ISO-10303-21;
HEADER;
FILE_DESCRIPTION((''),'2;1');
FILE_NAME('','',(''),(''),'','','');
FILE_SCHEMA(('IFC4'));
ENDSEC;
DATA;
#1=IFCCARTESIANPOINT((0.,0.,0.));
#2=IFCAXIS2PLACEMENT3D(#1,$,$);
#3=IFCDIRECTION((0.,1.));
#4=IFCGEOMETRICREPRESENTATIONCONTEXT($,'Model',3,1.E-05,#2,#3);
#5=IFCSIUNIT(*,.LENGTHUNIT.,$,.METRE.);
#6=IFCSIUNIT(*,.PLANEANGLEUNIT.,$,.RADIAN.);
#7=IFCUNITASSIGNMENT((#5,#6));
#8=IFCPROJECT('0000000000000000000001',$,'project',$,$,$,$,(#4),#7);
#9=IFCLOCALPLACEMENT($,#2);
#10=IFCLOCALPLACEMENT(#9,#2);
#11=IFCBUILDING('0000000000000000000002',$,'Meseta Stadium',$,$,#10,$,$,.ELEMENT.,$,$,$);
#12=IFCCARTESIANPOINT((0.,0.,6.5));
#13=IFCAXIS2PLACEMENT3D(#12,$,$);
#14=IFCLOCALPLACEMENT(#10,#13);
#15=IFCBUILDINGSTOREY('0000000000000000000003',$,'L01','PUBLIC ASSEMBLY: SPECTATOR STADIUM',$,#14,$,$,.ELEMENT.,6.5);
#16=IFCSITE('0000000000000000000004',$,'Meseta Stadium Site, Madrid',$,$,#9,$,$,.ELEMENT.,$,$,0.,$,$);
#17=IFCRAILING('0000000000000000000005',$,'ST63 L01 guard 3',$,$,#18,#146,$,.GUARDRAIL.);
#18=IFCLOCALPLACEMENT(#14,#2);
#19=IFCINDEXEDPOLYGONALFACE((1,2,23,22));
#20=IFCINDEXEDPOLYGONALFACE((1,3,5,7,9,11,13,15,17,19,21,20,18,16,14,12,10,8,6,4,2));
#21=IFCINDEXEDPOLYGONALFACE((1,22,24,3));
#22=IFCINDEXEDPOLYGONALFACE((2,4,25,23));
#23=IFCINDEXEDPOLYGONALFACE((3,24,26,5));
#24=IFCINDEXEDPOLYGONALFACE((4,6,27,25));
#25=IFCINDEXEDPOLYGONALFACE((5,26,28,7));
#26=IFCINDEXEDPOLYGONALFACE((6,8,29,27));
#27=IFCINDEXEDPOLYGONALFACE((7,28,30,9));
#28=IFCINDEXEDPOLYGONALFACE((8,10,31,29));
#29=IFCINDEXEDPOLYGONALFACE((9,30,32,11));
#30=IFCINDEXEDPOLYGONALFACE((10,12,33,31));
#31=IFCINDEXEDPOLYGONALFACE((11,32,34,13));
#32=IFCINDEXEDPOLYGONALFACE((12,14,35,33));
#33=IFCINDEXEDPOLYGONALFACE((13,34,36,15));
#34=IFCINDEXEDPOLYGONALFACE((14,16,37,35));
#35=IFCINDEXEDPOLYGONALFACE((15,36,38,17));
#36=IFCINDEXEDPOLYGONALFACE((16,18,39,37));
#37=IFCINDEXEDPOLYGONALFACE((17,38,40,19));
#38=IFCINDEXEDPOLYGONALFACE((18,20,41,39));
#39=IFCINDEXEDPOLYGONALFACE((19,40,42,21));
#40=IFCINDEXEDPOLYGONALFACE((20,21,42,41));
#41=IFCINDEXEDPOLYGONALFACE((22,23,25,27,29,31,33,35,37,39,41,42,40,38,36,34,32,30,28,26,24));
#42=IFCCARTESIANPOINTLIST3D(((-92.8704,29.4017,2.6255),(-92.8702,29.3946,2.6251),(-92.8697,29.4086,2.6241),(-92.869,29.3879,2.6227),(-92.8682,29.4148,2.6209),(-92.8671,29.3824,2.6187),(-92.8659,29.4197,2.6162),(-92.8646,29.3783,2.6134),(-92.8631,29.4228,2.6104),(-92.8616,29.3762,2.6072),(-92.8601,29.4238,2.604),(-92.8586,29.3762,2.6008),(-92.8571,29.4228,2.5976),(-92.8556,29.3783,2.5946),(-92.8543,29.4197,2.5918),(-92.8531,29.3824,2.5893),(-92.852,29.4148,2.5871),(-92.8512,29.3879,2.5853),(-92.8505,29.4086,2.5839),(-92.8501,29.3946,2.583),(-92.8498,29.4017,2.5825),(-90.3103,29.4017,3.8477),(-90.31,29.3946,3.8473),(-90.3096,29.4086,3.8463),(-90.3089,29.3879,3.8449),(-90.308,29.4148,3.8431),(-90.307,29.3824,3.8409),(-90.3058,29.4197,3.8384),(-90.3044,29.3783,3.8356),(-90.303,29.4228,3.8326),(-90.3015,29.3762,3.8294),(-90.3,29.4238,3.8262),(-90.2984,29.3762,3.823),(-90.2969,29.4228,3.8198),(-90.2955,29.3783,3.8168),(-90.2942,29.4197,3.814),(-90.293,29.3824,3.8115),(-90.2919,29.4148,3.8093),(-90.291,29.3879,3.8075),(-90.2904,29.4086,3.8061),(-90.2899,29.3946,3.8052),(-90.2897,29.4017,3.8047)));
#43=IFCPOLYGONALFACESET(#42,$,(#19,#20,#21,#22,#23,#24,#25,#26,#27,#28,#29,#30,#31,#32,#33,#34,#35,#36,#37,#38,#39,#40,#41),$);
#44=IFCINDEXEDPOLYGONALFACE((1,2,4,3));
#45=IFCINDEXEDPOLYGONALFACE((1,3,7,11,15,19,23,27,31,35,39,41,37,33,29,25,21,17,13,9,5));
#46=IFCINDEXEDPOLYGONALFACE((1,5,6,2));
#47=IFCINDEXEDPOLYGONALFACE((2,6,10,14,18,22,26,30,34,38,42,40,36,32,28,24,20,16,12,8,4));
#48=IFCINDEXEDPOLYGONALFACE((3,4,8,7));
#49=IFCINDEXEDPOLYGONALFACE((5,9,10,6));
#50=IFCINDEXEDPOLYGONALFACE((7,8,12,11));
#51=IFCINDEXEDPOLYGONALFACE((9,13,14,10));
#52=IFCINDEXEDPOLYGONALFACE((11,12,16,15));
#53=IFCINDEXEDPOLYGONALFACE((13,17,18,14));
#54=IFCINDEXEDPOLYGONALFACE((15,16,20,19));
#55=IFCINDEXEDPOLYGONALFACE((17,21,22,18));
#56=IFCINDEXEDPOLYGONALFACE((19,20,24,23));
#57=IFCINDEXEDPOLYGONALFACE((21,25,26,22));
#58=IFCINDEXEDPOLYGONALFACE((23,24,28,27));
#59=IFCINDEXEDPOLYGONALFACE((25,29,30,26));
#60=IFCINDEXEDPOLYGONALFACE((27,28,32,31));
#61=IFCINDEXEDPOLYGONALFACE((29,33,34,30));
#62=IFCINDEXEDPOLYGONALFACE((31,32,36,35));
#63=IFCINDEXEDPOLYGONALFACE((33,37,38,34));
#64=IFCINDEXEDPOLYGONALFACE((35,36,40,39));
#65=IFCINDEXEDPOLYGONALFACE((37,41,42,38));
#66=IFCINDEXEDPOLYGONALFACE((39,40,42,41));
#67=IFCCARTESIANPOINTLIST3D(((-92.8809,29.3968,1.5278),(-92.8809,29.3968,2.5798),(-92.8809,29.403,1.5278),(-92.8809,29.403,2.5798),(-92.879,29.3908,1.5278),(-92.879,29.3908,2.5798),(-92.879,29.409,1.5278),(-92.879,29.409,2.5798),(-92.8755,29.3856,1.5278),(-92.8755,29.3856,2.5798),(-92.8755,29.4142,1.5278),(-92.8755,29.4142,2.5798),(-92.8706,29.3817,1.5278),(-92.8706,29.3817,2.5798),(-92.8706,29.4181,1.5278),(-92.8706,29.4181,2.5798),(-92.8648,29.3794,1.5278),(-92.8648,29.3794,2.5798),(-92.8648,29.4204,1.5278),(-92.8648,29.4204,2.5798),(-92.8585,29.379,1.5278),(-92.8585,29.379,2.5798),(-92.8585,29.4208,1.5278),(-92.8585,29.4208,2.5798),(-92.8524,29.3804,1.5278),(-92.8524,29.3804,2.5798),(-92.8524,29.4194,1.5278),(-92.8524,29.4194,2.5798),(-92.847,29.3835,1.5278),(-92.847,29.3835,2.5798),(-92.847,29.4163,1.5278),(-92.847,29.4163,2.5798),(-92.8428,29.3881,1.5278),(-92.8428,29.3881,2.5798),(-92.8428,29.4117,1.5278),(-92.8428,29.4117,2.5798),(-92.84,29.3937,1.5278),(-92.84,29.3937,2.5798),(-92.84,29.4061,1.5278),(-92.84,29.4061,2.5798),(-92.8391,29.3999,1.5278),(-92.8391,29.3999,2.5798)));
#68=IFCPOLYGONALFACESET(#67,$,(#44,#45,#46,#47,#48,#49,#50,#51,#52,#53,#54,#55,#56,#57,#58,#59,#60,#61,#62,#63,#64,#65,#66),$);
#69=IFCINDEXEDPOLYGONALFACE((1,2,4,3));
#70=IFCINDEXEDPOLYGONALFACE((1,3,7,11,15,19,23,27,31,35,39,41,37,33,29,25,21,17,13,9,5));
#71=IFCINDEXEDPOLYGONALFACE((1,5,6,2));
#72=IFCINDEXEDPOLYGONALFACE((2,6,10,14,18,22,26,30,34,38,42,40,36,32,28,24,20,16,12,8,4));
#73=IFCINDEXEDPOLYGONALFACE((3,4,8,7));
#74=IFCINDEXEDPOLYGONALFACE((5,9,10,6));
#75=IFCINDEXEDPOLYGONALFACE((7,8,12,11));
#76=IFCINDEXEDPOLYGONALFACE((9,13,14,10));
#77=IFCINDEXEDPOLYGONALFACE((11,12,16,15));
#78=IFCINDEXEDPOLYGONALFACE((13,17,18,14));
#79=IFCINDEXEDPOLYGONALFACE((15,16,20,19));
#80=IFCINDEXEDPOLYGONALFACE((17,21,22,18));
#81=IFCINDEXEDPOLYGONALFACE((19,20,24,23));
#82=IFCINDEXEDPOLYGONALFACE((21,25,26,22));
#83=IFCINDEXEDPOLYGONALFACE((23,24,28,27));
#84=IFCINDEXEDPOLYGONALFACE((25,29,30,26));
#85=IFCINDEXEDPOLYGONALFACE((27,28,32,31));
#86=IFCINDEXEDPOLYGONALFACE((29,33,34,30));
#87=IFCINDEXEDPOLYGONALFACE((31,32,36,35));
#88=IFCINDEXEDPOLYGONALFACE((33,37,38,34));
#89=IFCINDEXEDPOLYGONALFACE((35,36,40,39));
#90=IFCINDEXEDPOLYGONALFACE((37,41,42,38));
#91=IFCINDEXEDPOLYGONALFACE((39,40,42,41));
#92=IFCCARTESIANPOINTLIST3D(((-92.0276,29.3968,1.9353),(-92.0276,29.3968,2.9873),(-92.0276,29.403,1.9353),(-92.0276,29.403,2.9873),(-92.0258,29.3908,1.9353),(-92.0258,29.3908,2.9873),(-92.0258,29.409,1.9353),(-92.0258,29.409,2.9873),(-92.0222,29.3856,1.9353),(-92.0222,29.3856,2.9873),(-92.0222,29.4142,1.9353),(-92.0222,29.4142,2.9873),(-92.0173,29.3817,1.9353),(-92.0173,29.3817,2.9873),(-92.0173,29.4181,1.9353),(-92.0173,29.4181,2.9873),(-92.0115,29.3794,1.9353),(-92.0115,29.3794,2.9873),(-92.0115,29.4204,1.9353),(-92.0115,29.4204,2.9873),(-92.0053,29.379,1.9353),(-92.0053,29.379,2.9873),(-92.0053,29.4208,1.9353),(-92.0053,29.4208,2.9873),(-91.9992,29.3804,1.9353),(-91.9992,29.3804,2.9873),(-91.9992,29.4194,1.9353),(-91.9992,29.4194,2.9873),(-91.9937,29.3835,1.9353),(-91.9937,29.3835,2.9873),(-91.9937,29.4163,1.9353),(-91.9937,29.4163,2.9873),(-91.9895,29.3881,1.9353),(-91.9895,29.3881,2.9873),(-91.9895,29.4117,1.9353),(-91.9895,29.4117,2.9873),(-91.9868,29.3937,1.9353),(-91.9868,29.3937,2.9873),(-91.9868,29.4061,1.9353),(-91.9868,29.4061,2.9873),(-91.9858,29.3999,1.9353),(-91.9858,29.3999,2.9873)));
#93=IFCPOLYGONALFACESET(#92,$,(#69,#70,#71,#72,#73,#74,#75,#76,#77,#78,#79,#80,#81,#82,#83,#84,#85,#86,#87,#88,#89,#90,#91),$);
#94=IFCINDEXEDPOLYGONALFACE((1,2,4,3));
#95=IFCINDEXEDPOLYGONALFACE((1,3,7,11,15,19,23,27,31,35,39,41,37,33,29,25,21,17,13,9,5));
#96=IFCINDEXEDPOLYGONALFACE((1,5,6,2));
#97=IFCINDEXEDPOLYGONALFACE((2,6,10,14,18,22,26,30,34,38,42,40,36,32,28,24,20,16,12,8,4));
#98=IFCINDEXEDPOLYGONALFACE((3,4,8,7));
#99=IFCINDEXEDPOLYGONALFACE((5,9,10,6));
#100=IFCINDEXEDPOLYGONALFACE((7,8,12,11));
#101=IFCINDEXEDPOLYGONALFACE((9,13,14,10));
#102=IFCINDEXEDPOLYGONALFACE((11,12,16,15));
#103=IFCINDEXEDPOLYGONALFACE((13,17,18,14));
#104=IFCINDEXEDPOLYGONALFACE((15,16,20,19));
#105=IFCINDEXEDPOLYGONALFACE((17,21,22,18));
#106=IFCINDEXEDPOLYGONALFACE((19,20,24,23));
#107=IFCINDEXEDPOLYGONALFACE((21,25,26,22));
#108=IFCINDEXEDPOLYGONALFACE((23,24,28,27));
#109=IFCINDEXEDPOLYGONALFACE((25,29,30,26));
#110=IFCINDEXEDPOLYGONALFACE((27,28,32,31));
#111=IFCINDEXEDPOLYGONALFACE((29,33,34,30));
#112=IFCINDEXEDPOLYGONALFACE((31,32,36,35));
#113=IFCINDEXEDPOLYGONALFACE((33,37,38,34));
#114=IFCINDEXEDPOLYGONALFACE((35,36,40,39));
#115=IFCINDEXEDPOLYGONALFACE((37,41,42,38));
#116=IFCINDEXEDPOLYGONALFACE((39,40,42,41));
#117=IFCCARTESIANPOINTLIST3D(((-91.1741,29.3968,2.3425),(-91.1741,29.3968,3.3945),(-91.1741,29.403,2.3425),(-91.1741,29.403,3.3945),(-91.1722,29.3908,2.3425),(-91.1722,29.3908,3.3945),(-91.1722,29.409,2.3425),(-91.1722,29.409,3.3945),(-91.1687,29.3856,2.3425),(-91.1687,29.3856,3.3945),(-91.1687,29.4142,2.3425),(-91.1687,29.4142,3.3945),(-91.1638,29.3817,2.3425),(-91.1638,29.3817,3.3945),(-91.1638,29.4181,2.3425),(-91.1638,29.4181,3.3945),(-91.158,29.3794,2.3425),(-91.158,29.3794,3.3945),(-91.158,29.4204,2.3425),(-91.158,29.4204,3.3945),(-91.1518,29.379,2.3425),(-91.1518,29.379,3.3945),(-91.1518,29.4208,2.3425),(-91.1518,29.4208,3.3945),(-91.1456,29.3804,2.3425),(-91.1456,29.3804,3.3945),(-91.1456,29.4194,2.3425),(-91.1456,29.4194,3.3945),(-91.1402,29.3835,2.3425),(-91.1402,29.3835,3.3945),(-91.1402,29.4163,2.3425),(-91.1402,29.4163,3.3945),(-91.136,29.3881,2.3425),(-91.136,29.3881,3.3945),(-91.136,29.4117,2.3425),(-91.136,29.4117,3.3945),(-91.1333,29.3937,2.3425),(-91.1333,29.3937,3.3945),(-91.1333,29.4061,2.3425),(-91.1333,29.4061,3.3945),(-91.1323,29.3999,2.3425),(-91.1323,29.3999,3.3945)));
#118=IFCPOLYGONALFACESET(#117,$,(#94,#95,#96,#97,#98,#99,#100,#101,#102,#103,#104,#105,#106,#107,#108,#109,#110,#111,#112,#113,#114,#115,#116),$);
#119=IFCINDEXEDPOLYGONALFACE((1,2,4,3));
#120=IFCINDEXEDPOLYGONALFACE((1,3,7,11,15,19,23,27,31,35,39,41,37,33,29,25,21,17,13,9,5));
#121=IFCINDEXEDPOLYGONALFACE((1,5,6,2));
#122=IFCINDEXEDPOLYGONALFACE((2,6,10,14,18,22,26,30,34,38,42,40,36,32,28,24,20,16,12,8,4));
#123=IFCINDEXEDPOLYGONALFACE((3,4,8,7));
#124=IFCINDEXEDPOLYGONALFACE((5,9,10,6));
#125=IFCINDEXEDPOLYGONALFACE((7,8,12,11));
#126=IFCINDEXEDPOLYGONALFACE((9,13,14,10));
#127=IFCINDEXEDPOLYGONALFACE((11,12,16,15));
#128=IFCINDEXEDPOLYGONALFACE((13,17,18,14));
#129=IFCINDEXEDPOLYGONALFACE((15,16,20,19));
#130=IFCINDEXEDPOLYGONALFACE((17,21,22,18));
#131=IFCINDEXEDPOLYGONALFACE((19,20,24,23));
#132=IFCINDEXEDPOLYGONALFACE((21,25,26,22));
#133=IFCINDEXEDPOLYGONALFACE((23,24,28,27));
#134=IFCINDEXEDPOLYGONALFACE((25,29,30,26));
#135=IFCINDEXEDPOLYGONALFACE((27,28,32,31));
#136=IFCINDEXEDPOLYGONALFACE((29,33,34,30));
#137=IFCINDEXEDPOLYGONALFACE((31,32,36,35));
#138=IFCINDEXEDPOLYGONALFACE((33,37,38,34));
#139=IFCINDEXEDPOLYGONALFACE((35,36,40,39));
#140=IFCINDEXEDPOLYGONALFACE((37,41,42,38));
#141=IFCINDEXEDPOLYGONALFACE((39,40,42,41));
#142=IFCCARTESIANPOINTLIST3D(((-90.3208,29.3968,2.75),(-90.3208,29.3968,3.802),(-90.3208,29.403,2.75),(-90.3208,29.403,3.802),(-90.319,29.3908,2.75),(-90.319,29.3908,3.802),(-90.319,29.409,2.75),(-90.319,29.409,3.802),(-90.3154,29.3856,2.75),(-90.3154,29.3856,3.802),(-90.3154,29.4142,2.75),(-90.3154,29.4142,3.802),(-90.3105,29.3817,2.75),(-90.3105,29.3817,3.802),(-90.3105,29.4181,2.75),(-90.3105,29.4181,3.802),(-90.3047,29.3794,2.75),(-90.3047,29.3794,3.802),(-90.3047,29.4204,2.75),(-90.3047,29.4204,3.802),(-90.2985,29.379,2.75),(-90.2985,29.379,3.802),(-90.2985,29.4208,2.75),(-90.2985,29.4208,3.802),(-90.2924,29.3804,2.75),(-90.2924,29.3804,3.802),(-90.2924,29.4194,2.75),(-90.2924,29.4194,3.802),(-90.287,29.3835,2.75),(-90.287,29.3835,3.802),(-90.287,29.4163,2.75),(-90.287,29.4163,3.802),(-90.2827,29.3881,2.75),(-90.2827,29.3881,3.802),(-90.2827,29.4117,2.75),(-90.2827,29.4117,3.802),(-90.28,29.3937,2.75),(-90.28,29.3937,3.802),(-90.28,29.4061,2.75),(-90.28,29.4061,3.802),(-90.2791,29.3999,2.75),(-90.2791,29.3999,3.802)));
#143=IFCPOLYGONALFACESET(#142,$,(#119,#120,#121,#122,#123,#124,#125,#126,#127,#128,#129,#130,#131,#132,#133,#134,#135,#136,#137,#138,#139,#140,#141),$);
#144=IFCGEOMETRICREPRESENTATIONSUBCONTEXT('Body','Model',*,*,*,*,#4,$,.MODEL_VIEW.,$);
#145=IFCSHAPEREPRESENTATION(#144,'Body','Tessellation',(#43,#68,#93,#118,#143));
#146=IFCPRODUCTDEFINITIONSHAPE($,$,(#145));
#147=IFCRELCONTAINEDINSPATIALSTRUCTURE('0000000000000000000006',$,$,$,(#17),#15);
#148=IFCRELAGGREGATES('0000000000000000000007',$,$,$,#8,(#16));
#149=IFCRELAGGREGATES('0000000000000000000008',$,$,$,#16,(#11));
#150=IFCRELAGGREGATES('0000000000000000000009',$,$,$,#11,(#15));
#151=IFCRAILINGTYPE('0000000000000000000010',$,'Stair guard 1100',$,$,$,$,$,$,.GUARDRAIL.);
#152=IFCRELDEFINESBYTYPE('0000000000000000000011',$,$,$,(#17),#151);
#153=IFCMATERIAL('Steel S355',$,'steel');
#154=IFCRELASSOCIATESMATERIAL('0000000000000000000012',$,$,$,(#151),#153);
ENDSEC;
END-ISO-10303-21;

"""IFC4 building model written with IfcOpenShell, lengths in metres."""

from ifc_helpers import new_model, si_unit, direction, frame, origin, origin_2d, place, context, subcontext, project, spatial, circle, extrude, material, type_object, element, save


model = new_model("IFC4")

# Units and contexts
model_context = context("Model", 3, precision=1e-05, world=origin(), true_north=direction((0.0, 1.0)))
body_context = subcontext(model_context, "Body", "Model", "MODEL_VIEW")
ifc_project = project(units=[si_unit("LENGTHUNIT", "METRE"), si_unit("PLANEANGLEUNIT", "RADIAN")], contexts=[model_context])

# Site, building, storey
site_placement = place(None, origin())
site = spatial("IfcSite", under=ifc_project, at=site_placement, Name="Meseta Stadium Site, Madrid", CompositionType="ELEMENT", RefElevation=0.0)
building_placement = place(site_placement, origin())
building = spatial("IfcBuilding", under=site, at=building_placement, Name="Meseta Stadium", CompositionType="ELEMENT")
storey_placement = place(building_placement, frame((0.0, 0.0, 6.5)))
storey = spatial("IfcBuildingStorey", under=building, at=storey_placement, Name="L01", Description="PUBLIC ASSEMBLY: SPECTATOR STADIUM", CompositionType="ELEMENT", Elevation=6.5)

# Railing
ifc_material_1 = material(Name="Steel S355", Category="steel")
railing_type_1 = type_object("IfcRailingType", Name="Stair guard 1100", PredefinedType="GUARDRAIL", material=ifc_material_1)
railing_1_placement = place(storey_placement, frame((-92.8601, 29.3999, 1.5278)))
element("IfcRailing", 1, at=railing_1_placement, inside=storey, type_object=railing_type_1, Name="ST63 L01 guard 3", PredefinedType="GUARDRAIL", context=body_context, shape_type="SweptSolid", body=[
    extrude(circle(Radius=0.0239, at=origin_2d()), frame((0.0, 0.0, 1.0762), z_axis=(0.902437, 0.0, 0.430822), x_axis=(0.0, 1.0, 0.0)), (0.0, 0.0, 1.0), 2.8369),
    extrude(circle(Radius=0.021, at=origin_2d()), origin(), (0.0, 0.0, 1.0), 1.052),
    extrude(circle(Radius=0.021, at=origin_2d()), frame((0.8533, 0.0, 0.4075)), (0.0, 0.0, 1.0), 1.052),
    extrude(circle(Radius=0.021, at=origin_2d()), frame((1.7068, 0.0, 0.8147)), (0.0, 0.0, 1.0), 1.052),
    extrude(circle(Radius=0.021, at=origin_2d()), frame((2.5601, 0.0, 1.2222)), (0.0, 0.0, 1.0), 1.052),
])

save(model, "model.ifc")
